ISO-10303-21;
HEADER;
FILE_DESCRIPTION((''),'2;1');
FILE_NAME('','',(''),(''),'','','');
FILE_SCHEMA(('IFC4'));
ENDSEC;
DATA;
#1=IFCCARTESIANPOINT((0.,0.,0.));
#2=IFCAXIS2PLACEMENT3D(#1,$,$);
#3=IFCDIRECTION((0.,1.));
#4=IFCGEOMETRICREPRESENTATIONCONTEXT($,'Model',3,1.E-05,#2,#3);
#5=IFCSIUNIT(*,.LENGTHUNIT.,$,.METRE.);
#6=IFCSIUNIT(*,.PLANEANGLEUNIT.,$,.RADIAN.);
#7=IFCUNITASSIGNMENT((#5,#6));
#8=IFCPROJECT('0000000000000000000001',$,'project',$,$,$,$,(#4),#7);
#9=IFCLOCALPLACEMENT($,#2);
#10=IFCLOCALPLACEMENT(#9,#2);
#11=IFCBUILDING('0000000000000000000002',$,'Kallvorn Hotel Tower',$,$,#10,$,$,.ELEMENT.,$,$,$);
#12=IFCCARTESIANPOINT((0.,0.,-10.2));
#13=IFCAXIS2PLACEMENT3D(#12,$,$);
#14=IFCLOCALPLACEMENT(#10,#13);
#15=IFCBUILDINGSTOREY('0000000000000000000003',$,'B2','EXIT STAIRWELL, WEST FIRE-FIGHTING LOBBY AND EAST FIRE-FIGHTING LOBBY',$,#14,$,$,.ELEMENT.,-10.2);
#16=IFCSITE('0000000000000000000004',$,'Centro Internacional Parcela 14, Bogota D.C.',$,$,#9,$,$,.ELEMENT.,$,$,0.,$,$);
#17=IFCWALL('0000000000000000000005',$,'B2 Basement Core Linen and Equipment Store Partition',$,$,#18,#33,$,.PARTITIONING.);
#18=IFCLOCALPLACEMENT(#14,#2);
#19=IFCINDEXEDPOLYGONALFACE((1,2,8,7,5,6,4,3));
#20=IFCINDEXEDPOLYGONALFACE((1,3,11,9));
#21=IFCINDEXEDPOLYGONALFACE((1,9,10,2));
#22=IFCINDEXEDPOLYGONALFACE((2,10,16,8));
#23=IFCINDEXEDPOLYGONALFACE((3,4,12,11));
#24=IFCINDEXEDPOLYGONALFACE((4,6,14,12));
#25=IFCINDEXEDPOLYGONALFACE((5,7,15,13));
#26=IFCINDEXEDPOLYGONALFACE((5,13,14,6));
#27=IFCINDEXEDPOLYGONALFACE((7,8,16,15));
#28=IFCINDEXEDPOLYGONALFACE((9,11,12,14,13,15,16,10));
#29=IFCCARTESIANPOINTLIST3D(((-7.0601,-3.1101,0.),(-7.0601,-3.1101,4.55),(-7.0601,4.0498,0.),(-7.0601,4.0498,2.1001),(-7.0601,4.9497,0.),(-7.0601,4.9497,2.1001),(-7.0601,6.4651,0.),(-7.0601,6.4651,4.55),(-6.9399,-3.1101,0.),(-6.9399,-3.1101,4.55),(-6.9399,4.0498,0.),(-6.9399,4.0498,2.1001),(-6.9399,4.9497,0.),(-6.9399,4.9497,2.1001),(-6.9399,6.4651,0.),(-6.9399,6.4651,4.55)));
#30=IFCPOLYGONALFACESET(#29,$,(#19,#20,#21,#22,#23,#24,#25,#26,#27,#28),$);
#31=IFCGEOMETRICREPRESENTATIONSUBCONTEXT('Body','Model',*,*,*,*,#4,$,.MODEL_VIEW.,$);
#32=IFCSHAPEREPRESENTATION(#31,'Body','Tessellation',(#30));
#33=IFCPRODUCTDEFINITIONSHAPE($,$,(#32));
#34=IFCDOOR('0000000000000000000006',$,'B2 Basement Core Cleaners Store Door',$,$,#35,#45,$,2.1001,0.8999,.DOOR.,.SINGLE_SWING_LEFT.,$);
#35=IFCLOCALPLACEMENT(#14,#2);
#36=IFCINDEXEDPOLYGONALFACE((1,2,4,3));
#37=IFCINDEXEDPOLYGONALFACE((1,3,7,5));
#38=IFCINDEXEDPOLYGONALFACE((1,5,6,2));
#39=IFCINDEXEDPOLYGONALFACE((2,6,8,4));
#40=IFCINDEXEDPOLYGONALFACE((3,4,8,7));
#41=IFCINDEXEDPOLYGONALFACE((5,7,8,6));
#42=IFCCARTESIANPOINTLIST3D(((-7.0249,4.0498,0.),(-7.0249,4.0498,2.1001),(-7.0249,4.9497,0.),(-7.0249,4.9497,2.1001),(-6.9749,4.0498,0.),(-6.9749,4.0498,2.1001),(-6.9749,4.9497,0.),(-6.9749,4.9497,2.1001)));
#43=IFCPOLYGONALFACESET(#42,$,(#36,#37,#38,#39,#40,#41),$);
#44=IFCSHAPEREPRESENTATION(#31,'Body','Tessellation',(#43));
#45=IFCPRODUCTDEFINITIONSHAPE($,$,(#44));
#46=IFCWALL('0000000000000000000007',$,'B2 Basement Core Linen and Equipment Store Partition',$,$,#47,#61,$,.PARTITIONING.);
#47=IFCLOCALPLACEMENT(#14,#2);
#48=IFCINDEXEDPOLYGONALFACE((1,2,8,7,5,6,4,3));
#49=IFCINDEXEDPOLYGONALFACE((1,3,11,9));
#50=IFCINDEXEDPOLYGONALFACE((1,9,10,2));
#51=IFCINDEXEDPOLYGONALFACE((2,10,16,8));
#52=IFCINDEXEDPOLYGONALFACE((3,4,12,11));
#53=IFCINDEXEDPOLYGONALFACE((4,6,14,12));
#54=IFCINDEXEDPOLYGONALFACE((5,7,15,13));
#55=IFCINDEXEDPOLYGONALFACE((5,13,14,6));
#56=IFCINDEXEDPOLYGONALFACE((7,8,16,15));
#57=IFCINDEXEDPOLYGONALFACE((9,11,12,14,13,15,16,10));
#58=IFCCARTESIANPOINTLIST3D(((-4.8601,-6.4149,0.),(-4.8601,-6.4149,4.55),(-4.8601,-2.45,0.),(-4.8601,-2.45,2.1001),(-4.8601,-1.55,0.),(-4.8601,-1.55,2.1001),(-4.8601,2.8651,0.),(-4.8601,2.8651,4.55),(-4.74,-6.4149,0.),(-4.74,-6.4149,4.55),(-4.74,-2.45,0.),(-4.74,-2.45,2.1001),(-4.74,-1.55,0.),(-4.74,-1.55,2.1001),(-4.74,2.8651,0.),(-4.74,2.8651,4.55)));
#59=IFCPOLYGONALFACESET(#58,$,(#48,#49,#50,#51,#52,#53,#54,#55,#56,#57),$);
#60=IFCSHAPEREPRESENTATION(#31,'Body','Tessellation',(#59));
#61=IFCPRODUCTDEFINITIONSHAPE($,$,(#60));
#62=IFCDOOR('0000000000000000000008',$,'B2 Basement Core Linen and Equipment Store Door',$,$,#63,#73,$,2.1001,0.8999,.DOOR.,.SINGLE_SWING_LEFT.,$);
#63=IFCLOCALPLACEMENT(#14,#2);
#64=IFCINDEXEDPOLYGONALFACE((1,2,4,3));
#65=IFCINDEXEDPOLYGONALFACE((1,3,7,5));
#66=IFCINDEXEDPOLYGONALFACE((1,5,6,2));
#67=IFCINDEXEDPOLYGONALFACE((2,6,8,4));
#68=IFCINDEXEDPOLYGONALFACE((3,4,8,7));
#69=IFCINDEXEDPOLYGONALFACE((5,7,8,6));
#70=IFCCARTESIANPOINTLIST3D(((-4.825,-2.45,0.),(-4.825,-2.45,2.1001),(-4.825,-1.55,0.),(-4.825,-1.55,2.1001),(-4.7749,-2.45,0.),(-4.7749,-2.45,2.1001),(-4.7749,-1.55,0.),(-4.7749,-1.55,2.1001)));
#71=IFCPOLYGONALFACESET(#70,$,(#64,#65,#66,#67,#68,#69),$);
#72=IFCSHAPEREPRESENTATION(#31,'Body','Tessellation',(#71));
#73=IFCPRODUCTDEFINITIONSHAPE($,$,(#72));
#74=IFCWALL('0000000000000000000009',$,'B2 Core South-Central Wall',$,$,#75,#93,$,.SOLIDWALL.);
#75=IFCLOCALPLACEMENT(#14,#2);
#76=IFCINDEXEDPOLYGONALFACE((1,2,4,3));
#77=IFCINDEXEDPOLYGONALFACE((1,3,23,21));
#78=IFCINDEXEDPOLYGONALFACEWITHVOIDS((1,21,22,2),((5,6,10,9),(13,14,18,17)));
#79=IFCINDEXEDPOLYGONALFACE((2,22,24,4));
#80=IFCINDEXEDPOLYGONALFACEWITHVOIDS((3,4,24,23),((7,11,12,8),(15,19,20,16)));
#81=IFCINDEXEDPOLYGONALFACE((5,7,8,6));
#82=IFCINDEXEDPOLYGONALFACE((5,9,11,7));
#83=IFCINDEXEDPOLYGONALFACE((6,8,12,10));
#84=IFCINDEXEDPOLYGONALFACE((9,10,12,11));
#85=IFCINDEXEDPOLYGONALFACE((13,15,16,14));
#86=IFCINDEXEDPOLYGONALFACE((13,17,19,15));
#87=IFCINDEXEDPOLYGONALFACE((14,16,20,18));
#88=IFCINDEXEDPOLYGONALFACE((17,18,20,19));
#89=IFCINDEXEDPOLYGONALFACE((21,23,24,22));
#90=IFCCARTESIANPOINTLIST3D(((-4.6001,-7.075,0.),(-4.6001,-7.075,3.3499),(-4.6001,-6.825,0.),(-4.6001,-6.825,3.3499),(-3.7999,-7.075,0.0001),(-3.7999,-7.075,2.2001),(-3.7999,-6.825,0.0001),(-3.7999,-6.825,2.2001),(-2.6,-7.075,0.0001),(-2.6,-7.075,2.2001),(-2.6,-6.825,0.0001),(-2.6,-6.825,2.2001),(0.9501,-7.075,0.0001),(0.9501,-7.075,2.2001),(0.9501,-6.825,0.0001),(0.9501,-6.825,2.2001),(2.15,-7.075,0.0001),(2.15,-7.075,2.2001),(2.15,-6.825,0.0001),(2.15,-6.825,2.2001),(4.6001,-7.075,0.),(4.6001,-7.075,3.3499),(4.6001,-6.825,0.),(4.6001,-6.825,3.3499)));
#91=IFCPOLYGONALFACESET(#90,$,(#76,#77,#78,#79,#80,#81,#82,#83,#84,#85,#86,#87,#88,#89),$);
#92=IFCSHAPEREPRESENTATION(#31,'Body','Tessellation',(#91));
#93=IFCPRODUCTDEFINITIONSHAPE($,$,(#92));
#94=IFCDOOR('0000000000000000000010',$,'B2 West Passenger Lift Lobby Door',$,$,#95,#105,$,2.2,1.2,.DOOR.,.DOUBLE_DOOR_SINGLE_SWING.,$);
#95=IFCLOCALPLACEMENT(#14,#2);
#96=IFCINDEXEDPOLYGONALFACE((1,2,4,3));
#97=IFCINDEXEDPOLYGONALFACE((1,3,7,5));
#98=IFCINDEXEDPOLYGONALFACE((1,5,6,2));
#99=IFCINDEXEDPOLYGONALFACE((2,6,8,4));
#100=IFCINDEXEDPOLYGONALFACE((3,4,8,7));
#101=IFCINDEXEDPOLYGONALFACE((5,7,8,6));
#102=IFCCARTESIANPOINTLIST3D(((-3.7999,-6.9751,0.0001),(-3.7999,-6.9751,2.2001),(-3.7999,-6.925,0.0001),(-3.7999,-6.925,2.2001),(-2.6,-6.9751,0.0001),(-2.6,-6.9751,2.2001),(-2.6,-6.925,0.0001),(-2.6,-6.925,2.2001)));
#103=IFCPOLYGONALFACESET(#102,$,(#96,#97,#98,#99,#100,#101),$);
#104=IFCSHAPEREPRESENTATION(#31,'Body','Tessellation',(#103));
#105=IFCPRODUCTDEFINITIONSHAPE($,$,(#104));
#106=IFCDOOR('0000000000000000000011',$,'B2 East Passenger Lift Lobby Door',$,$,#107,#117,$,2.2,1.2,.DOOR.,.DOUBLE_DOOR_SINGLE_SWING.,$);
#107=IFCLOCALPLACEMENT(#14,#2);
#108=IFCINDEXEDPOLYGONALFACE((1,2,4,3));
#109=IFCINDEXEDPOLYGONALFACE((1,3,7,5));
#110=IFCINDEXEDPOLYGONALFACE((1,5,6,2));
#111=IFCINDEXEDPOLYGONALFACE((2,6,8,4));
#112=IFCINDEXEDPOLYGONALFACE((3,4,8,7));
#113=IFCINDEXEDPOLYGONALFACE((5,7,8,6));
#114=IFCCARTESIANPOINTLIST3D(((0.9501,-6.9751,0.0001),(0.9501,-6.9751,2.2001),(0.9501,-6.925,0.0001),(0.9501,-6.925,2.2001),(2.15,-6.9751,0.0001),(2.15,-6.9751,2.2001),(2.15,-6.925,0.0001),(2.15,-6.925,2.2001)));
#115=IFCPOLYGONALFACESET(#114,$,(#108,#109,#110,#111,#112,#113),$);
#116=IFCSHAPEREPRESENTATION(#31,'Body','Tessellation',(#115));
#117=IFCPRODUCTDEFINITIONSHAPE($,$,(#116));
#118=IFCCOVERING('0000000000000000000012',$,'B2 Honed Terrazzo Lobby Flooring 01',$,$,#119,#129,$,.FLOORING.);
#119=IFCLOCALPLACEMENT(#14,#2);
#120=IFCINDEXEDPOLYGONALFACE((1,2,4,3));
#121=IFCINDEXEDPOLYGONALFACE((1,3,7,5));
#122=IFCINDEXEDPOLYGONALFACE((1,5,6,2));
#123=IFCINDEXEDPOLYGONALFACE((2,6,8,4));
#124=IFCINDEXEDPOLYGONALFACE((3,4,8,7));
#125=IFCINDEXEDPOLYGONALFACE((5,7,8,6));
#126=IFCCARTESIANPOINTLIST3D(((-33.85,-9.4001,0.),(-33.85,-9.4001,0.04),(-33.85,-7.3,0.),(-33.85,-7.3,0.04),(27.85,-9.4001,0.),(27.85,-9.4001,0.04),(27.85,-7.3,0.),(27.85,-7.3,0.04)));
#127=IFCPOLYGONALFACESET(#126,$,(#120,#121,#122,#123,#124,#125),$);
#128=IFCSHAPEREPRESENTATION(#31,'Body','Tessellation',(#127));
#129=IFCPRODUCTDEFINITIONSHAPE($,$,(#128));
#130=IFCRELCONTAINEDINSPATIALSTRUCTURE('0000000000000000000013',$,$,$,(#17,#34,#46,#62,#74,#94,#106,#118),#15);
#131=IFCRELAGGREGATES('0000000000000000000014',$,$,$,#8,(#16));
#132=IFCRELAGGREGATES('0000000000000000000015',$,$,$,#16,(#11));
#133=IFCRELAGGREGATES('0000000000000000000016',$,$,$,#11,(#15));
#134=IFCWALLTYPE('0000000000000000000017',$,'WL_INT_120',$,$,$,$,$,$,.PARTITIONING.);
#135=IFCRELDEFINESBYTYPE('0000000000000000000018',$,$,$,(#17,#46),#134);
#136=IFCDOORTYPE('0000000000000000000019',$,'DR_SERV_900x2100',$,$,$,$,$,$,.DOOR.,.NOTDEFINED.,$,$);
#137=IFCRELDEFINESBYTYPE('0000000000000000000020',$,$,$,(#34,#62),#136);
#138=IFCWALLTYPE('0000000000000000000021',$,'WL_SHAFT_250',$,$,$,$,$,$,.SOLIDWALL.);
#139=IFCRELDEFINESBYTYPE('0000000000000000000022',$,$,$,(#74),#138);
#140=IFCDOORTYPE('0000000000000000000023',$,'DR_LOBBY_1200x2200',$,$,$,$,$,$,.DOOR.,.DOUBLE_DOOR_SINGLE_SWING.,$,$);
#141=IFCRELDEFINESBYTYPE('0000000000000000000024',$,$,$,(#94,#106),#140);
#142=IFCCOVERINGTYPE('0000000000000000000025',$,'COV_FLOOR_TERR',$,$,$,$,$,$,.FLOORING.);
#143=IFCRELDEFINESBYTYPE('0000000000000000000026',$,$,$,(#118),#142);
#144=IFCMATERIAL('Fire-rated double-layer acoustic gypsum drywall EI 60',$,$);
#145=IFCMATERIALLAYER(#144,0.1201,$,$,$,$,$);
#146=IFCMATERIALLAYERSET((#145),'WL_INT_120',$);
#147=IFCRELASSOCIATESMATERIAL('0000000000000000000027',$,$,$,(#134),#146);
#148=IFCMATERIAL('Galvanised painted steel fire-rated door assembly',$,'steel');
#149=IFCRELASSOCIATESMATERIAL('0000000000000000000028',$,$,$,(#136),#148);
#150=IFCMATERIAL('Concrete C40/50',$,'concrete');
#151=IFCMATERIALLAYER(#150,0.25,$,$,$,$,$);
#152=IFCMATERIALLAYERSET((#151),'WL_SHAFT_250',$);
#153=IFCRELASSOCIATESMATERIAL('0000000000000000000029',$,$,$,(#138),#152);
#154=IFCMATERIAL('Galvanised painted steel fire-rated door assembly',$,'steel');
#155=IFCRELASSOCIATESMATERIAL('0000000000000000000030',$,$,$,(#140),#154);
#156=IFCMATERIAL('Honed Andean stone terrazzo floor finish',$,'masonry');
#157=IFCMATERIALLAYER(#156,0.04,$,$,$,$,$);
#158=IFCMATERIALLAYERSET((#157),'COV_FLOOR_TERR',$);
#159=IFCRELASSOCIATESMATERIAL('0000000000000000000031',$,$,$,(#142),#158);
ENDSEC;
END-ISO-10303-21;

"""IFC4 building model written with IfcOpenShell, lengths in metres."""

from ifc_helpers import new_model, si_unit, direction, frame, frame_2d, origin, origin_2d, place, context, subcontext, project, spatial, rectangle, extrude, material, layer, layer_set, type_object, element, fill, save


model = new_model("IFC4")

# Units and contexts
model_context = context("Model", 3, precision=1e-05, world=origin(), true_north=direction((0.0, 1.0)))
body_context = subcontext(model_context, "Body", "Model", "MODEL_VIEW")
ifc_project = project(units=[si_unit("LENGTHUNIT", "METRE"), si_unit("PLANEANGLEUNIT", "RADIAN")], contexts=[model_context])

# Site, building, storey
site_placement = place(None, origin())
site = spatial("IfcSite", under=ifc_project, at=site_placement, Name="Centro Internacional Parcela 14, Bogota D.C.", CompositionType="ELEMENT", RefElevation=0.0)
building_placement = place(site_placement, origin())
building = spatial("IfcBuilding", under=site, at=building_placement, Name="Kallvorn Hotel Tower", CompositionType="ELEMENT")
storey_placement = place(building_placement, frame((0.0, 0.0, -10.2)))
storey = spatial("IfcBuildingStorey", under=building, at=storey_placement, Name="B2", Description="EXIT STAIRWELL, WEST FIRE-FIGHTING LOBBY AND EAST FIRE-FIGHTING LOBBY", CompositionType="ELEMENT", Elevation=-10.2)

# Shared definitions
ifc_material_1 = material(Name="Fire-rated double-layer acoustic gypsum drywall EI 60")
ifc_layer_1 = layer(ifc_material_1, 0.1201)
ifc_layer_set_1 = layer_set([ifc_layer_1], Name="WL_INT_120")
wall_type_1 = type_object("IfcWallType", Name="WL_INT_120", PredefinedType="PARTITIONING", material=ifc_layer_set_1)

# Walls, openings, doors
wall_1_placement = place(storey_placement, frame((-7.0, -3.1101, 0.0), z_axis=(0.0, 0.0, 1.0), x_axis=(0.0, 1.0, 0.0)))
wall_1 = element("IfcWall", 1, at=wall_1_placement, inside=storey, type_object=wall_type_1, Name="B2 Basement Core Linen and Equipment Store Partition", PredefinedType="PARTITIONING", context=body_context, shape_type="SweptSolid", body=[
    extrude(rectangle(XDim=9.5752, YDim=0.1201, at=frame_2d((4.7876, 0.0))), origin(), (0.0, 0.0, 1.0), 4.55),
])
opening_1_placement = place(wall_1_placement, frame((7.1599, 0.0, 0.0)))
opening_1 = element("IfcOpeningElement", 2, at=opening_1_placement, cuts=wall_1, PredefinedType="OPENING", context=body_context, shape_type="SweptSolid", body=[
    extrude(rectangle(XDim=0.8999, YDim=2.1001, at=frame_2d((0.45, 1.05))), frame((0.0, 0.075, 0.0), z_axis=(0.0, -1.0, 0.0), x_axis=(1.0, 0.0, 0.0)), (0.0, 0.0, 1.0), 0.1501),
])
ifc_material_2 = material(Name="Galvanised painted steel fire-rated door assembly", Category="steel")
door_type_1 = type_object("IfcDoorType", Name="DR_SERV_900x2100", OperationType="NOTDEFINED", PredefinedType="DOOR", material=ifc_material_2)
door_1_placement = place(opening_1_placement, origin())
door_1 = element("IfcDoor", 3, at=door_1_placement, inside=storey, type_object=door_type_1, Name="B2 Basement Core Cleaners Store Door", OperationType="SINGLE_SWING_LEFT", OverallHeight=2.1001, OverallWidth=0.8999, PredefinedType="DOOR", context=body_context, shape_type="SweptSolid", body=[
    extrude(rectangle(XDim=0.8999, YDim=2.1001, at=frame_2d((0.45, 1.05))), frame((0.0, 0.0249, 0.0), z_axis=(0.0, -1.0, 0.0), x_axis=(1.0, 0.0, 0.0)), (0.0, 0.0, 1.0), 0.05),
])
fill(opening_1, door_1)
wall_2_placement = place(storey_placement, frame((-4.8, -6.415, 0.0), z_axis=(0.0, 0.0, 1.0), x_axis=(0.0, 1.0, 0.0)))
wall_2 = element("IfcWall", 4, at=wall_2_placement, inside=storey, type_object=wall_type_1, Name="B2 Basement Core Linen and Equipment Store Partition", PredefinedType="PARTITIONING", context=body_context, shape_type="SweptSolid", body=[
    extrude(rectangle(XDim=9.28, YDim=0.1201, at=frame_2d((4.6401, 0.0))), origin(), (0.0, 0.0, 1.0), 4.55),
])
opening_2_placement = place(wall_2_placement, frame((3.9651, 0.0, 0.0)))
opening_2 = element("IfcOpeningElement", 5, at=opening_2_placement, cuts=wall_2, PredefinedType="OPENING", context=body_context, shape_type="SweptSolid", body=[
    extrude(rectangle(XDim=0.8999, YDim=2.1001, at=frame_2d((0.45, 1.05))), frame((0.0, 0.075, 0.0), z_axis=(0.0, -1.0, 0.0), x_axis=(1.0, 0.0, 0.0)), (0.0, 0.0, 1.0), 0.1501),
])
door_2_placement = place(opening_2_placement, origin())
door_2 = element("IfcDoor", 6, at=door_2_placement, inside=storey, type_object=door_type_1, Name="B2 Basement Core Linen and Equipment Store Door", OperationType="SINGLE_SWING_LEFT", OverallHeight=2.1001, OverallWidth=0.8999, PredefinedType="DOOR", context=body_context, shape_type="SweptSolid", body=[
    extrude(rectangle(XDim=0.8999, YDim=2.1001, at=frame_2d((0.45, 1.05))), frame((0.0, 0.0249, 0.0), z_axis=(0.0, -1.0, 0.0), x_axis=(1.0, 0.0, 0.0)), (0.0, 0.0, 1.0), 0.05),
])
fill(opening_2, door_2)

# Wall, openings, doors
ifc_material_3 = material(Name="Concrete C40/50", Category="concrete")
ifc_layer_2 = layer(ifc_material_3, 0.25)
ifc_layer_set_2 = layer_set([ifc_layer_2], Name="WL_SHAFT_250")
wall_type_2 = type_object("IfcWallType", Name="WL_SHAFT_250", PredefinedType="SOLIDWALL", material=ifc_layer_set_2)
wall_3_placement = place(storey_placement, frame((-4.6001, -6.95, 0.0), z_axis=(0.0, 0.0, 1.0), x_axis=(1.0, 0.0, 0.0)))
wall_3 = element("IfcWall", 7, at=wall_3_placement, inside=storey, type_object=wall_type_2, Name="B2 Core South-Central Wall", PredefinedType="SOLIDWALL", context=body_context, shape_type="SweptSolid", body=[
    extrude(rectangle(XDim=9.2002, YDim=0.25, at=frame_2d((4.6001, 0.0))), origin(), (0.0, 0.0, 1.0), 3.3499),
])
opening_3_placement = place(wall_3_placement, frame((0.8, 0.0, 0.0)))
opening_3 = element("IfcOpeningElement", 8, at=opening_3_placement, cuts=wall_3, PredefinedType="OPENING", context=body_context, shape_type="SweptSolid", body=[
    extrude(rectangle(XDim=1.2, YDim=2.2, at=frame_2d((0.6001, 1.1001))), frame((0.0, 0.1399, 0.0), z_axis=(0.0, -1.0, 0.0), x_axis=(1.0, 0.0, 0.0)), (0.0, 0.0, 1.0), 0.28),
])
opening_4_placement = place(wall_3_placement, frame((5.55, 0.0, 0.0)))
opening_4 = element("IfcOpeningElement", 9, at=opening_4_placement, cuts=wall_3, PredefinedType="OPENING", context=body_context, shape_type="SweptSolid", body=[
    extrude(rectangle(XDim=1.2, YDim=2.2, at=frame_2d((0.6001, 1.1001))), frame((0.0, 0.1399, 0.0), z_axis=(0.0, -1.0, 0.0), x_axis=(1.0, 0.0, 0.0)), (0.0, 0.0, 1.0), 0.28),
])
ifc_material_4 = material(Name="Galvanised painted steel fire-rated door assembly", Category="steel")
door_type_2 = type_object("IfcDoorType", Name="DR_LOBBY_1200x2200", OperationType="DOUBLE_DOOR_SINGLE_SWING", PredefinedType="DOOR", material=ifc_material_4)
door_3_placement = place(opening_3_placement, origin())
door_3 = element("IfcDoor", 10, at=door_3_placement, inside=storey, type_object=door_type_2, Name="B2 West Passenger Lift Lobby Door", OperationType="DOUBLE_DOOR_SINGLE_SWING", OverallHeight=2.2, OverallWidth=1.2, PredefinedType="DOOR", context=body_context, shape_type="SweptSolid", body=[
    extrude(rectangle(XDim=1.2, YDim=2.2, at=frame_2d((0.6001, 1.1001))), frame((0.0, 0.0249, 0.0), z_axis=(0.0, -1.0, 0.0), x_axis=(1.0, 0.0, 0.0)), (0.0, 0.0, 1.0), 0.05),
])
fill(opening_3, door_3)
door_4_placement = place(opening_4_placement, origin())
door_4 = element("IfcDoor", 11, at=door_4_placement, inside=storey, type_object=door_type_2, Name="B2 East Passenger Lift Lobby Door", OperationType="DOUBLE_DOOR_SINGLE_SWING", OverallHeight=2.2, OverallWidth=1.2, PredefinedType="DOOR", context=body_context, shape_type="SweptSolid", body=[
    extrude(rectangle(XDim=1.2, YDim=2.2, at=frame_2d((0.6001, 1.1001))), frame((0.0, 0.0249, 0.0), z_axis=(0.0, -1.0, 0.0), x_axis=(1.0, 0.0, 0.0)), (0.0, 0.0, 1.0), 0.05),
])
fill(opening_4, door_4)

# Covering
ifc_material_5 = material(Name="Honed Andean stone terrazzo floor finish", Category="masonry")
ifc_layer_3 = layer(ifc_material_5, 0.04)
ifc_layer_set_3 = layer_set([ifc_layer_3], Name="COV_FLOOR_TERR")
covering_type = type_object("IfcCoveringType", Name="COV_FLOOR_TERR", PredefinedType="FLOORING", material=ifc_layer_set_3)
covering_placement = place(storey_placement, frame((-3.0, -8.3501, 0.0), z_axis=(0.0, 0.0, 1.0), x_axis=(1.0, 0.0, 0.0)))
element("IfcCovering", 12, at=covering_placement, inside=storey, type_object=covering_type, Name="B2 Honed Terrazzo Lobby Flooring 01", PredefinedType="FLOORING", context=body_context, shape_type="SweptSolid", body=[
    extrude(rectangle(XDim=61.7, YDim=2.1001, at=origin_2d()), origin(), (0.0, 0.0, 1.0), 0.04),
])

save(model, "model.ifc")
